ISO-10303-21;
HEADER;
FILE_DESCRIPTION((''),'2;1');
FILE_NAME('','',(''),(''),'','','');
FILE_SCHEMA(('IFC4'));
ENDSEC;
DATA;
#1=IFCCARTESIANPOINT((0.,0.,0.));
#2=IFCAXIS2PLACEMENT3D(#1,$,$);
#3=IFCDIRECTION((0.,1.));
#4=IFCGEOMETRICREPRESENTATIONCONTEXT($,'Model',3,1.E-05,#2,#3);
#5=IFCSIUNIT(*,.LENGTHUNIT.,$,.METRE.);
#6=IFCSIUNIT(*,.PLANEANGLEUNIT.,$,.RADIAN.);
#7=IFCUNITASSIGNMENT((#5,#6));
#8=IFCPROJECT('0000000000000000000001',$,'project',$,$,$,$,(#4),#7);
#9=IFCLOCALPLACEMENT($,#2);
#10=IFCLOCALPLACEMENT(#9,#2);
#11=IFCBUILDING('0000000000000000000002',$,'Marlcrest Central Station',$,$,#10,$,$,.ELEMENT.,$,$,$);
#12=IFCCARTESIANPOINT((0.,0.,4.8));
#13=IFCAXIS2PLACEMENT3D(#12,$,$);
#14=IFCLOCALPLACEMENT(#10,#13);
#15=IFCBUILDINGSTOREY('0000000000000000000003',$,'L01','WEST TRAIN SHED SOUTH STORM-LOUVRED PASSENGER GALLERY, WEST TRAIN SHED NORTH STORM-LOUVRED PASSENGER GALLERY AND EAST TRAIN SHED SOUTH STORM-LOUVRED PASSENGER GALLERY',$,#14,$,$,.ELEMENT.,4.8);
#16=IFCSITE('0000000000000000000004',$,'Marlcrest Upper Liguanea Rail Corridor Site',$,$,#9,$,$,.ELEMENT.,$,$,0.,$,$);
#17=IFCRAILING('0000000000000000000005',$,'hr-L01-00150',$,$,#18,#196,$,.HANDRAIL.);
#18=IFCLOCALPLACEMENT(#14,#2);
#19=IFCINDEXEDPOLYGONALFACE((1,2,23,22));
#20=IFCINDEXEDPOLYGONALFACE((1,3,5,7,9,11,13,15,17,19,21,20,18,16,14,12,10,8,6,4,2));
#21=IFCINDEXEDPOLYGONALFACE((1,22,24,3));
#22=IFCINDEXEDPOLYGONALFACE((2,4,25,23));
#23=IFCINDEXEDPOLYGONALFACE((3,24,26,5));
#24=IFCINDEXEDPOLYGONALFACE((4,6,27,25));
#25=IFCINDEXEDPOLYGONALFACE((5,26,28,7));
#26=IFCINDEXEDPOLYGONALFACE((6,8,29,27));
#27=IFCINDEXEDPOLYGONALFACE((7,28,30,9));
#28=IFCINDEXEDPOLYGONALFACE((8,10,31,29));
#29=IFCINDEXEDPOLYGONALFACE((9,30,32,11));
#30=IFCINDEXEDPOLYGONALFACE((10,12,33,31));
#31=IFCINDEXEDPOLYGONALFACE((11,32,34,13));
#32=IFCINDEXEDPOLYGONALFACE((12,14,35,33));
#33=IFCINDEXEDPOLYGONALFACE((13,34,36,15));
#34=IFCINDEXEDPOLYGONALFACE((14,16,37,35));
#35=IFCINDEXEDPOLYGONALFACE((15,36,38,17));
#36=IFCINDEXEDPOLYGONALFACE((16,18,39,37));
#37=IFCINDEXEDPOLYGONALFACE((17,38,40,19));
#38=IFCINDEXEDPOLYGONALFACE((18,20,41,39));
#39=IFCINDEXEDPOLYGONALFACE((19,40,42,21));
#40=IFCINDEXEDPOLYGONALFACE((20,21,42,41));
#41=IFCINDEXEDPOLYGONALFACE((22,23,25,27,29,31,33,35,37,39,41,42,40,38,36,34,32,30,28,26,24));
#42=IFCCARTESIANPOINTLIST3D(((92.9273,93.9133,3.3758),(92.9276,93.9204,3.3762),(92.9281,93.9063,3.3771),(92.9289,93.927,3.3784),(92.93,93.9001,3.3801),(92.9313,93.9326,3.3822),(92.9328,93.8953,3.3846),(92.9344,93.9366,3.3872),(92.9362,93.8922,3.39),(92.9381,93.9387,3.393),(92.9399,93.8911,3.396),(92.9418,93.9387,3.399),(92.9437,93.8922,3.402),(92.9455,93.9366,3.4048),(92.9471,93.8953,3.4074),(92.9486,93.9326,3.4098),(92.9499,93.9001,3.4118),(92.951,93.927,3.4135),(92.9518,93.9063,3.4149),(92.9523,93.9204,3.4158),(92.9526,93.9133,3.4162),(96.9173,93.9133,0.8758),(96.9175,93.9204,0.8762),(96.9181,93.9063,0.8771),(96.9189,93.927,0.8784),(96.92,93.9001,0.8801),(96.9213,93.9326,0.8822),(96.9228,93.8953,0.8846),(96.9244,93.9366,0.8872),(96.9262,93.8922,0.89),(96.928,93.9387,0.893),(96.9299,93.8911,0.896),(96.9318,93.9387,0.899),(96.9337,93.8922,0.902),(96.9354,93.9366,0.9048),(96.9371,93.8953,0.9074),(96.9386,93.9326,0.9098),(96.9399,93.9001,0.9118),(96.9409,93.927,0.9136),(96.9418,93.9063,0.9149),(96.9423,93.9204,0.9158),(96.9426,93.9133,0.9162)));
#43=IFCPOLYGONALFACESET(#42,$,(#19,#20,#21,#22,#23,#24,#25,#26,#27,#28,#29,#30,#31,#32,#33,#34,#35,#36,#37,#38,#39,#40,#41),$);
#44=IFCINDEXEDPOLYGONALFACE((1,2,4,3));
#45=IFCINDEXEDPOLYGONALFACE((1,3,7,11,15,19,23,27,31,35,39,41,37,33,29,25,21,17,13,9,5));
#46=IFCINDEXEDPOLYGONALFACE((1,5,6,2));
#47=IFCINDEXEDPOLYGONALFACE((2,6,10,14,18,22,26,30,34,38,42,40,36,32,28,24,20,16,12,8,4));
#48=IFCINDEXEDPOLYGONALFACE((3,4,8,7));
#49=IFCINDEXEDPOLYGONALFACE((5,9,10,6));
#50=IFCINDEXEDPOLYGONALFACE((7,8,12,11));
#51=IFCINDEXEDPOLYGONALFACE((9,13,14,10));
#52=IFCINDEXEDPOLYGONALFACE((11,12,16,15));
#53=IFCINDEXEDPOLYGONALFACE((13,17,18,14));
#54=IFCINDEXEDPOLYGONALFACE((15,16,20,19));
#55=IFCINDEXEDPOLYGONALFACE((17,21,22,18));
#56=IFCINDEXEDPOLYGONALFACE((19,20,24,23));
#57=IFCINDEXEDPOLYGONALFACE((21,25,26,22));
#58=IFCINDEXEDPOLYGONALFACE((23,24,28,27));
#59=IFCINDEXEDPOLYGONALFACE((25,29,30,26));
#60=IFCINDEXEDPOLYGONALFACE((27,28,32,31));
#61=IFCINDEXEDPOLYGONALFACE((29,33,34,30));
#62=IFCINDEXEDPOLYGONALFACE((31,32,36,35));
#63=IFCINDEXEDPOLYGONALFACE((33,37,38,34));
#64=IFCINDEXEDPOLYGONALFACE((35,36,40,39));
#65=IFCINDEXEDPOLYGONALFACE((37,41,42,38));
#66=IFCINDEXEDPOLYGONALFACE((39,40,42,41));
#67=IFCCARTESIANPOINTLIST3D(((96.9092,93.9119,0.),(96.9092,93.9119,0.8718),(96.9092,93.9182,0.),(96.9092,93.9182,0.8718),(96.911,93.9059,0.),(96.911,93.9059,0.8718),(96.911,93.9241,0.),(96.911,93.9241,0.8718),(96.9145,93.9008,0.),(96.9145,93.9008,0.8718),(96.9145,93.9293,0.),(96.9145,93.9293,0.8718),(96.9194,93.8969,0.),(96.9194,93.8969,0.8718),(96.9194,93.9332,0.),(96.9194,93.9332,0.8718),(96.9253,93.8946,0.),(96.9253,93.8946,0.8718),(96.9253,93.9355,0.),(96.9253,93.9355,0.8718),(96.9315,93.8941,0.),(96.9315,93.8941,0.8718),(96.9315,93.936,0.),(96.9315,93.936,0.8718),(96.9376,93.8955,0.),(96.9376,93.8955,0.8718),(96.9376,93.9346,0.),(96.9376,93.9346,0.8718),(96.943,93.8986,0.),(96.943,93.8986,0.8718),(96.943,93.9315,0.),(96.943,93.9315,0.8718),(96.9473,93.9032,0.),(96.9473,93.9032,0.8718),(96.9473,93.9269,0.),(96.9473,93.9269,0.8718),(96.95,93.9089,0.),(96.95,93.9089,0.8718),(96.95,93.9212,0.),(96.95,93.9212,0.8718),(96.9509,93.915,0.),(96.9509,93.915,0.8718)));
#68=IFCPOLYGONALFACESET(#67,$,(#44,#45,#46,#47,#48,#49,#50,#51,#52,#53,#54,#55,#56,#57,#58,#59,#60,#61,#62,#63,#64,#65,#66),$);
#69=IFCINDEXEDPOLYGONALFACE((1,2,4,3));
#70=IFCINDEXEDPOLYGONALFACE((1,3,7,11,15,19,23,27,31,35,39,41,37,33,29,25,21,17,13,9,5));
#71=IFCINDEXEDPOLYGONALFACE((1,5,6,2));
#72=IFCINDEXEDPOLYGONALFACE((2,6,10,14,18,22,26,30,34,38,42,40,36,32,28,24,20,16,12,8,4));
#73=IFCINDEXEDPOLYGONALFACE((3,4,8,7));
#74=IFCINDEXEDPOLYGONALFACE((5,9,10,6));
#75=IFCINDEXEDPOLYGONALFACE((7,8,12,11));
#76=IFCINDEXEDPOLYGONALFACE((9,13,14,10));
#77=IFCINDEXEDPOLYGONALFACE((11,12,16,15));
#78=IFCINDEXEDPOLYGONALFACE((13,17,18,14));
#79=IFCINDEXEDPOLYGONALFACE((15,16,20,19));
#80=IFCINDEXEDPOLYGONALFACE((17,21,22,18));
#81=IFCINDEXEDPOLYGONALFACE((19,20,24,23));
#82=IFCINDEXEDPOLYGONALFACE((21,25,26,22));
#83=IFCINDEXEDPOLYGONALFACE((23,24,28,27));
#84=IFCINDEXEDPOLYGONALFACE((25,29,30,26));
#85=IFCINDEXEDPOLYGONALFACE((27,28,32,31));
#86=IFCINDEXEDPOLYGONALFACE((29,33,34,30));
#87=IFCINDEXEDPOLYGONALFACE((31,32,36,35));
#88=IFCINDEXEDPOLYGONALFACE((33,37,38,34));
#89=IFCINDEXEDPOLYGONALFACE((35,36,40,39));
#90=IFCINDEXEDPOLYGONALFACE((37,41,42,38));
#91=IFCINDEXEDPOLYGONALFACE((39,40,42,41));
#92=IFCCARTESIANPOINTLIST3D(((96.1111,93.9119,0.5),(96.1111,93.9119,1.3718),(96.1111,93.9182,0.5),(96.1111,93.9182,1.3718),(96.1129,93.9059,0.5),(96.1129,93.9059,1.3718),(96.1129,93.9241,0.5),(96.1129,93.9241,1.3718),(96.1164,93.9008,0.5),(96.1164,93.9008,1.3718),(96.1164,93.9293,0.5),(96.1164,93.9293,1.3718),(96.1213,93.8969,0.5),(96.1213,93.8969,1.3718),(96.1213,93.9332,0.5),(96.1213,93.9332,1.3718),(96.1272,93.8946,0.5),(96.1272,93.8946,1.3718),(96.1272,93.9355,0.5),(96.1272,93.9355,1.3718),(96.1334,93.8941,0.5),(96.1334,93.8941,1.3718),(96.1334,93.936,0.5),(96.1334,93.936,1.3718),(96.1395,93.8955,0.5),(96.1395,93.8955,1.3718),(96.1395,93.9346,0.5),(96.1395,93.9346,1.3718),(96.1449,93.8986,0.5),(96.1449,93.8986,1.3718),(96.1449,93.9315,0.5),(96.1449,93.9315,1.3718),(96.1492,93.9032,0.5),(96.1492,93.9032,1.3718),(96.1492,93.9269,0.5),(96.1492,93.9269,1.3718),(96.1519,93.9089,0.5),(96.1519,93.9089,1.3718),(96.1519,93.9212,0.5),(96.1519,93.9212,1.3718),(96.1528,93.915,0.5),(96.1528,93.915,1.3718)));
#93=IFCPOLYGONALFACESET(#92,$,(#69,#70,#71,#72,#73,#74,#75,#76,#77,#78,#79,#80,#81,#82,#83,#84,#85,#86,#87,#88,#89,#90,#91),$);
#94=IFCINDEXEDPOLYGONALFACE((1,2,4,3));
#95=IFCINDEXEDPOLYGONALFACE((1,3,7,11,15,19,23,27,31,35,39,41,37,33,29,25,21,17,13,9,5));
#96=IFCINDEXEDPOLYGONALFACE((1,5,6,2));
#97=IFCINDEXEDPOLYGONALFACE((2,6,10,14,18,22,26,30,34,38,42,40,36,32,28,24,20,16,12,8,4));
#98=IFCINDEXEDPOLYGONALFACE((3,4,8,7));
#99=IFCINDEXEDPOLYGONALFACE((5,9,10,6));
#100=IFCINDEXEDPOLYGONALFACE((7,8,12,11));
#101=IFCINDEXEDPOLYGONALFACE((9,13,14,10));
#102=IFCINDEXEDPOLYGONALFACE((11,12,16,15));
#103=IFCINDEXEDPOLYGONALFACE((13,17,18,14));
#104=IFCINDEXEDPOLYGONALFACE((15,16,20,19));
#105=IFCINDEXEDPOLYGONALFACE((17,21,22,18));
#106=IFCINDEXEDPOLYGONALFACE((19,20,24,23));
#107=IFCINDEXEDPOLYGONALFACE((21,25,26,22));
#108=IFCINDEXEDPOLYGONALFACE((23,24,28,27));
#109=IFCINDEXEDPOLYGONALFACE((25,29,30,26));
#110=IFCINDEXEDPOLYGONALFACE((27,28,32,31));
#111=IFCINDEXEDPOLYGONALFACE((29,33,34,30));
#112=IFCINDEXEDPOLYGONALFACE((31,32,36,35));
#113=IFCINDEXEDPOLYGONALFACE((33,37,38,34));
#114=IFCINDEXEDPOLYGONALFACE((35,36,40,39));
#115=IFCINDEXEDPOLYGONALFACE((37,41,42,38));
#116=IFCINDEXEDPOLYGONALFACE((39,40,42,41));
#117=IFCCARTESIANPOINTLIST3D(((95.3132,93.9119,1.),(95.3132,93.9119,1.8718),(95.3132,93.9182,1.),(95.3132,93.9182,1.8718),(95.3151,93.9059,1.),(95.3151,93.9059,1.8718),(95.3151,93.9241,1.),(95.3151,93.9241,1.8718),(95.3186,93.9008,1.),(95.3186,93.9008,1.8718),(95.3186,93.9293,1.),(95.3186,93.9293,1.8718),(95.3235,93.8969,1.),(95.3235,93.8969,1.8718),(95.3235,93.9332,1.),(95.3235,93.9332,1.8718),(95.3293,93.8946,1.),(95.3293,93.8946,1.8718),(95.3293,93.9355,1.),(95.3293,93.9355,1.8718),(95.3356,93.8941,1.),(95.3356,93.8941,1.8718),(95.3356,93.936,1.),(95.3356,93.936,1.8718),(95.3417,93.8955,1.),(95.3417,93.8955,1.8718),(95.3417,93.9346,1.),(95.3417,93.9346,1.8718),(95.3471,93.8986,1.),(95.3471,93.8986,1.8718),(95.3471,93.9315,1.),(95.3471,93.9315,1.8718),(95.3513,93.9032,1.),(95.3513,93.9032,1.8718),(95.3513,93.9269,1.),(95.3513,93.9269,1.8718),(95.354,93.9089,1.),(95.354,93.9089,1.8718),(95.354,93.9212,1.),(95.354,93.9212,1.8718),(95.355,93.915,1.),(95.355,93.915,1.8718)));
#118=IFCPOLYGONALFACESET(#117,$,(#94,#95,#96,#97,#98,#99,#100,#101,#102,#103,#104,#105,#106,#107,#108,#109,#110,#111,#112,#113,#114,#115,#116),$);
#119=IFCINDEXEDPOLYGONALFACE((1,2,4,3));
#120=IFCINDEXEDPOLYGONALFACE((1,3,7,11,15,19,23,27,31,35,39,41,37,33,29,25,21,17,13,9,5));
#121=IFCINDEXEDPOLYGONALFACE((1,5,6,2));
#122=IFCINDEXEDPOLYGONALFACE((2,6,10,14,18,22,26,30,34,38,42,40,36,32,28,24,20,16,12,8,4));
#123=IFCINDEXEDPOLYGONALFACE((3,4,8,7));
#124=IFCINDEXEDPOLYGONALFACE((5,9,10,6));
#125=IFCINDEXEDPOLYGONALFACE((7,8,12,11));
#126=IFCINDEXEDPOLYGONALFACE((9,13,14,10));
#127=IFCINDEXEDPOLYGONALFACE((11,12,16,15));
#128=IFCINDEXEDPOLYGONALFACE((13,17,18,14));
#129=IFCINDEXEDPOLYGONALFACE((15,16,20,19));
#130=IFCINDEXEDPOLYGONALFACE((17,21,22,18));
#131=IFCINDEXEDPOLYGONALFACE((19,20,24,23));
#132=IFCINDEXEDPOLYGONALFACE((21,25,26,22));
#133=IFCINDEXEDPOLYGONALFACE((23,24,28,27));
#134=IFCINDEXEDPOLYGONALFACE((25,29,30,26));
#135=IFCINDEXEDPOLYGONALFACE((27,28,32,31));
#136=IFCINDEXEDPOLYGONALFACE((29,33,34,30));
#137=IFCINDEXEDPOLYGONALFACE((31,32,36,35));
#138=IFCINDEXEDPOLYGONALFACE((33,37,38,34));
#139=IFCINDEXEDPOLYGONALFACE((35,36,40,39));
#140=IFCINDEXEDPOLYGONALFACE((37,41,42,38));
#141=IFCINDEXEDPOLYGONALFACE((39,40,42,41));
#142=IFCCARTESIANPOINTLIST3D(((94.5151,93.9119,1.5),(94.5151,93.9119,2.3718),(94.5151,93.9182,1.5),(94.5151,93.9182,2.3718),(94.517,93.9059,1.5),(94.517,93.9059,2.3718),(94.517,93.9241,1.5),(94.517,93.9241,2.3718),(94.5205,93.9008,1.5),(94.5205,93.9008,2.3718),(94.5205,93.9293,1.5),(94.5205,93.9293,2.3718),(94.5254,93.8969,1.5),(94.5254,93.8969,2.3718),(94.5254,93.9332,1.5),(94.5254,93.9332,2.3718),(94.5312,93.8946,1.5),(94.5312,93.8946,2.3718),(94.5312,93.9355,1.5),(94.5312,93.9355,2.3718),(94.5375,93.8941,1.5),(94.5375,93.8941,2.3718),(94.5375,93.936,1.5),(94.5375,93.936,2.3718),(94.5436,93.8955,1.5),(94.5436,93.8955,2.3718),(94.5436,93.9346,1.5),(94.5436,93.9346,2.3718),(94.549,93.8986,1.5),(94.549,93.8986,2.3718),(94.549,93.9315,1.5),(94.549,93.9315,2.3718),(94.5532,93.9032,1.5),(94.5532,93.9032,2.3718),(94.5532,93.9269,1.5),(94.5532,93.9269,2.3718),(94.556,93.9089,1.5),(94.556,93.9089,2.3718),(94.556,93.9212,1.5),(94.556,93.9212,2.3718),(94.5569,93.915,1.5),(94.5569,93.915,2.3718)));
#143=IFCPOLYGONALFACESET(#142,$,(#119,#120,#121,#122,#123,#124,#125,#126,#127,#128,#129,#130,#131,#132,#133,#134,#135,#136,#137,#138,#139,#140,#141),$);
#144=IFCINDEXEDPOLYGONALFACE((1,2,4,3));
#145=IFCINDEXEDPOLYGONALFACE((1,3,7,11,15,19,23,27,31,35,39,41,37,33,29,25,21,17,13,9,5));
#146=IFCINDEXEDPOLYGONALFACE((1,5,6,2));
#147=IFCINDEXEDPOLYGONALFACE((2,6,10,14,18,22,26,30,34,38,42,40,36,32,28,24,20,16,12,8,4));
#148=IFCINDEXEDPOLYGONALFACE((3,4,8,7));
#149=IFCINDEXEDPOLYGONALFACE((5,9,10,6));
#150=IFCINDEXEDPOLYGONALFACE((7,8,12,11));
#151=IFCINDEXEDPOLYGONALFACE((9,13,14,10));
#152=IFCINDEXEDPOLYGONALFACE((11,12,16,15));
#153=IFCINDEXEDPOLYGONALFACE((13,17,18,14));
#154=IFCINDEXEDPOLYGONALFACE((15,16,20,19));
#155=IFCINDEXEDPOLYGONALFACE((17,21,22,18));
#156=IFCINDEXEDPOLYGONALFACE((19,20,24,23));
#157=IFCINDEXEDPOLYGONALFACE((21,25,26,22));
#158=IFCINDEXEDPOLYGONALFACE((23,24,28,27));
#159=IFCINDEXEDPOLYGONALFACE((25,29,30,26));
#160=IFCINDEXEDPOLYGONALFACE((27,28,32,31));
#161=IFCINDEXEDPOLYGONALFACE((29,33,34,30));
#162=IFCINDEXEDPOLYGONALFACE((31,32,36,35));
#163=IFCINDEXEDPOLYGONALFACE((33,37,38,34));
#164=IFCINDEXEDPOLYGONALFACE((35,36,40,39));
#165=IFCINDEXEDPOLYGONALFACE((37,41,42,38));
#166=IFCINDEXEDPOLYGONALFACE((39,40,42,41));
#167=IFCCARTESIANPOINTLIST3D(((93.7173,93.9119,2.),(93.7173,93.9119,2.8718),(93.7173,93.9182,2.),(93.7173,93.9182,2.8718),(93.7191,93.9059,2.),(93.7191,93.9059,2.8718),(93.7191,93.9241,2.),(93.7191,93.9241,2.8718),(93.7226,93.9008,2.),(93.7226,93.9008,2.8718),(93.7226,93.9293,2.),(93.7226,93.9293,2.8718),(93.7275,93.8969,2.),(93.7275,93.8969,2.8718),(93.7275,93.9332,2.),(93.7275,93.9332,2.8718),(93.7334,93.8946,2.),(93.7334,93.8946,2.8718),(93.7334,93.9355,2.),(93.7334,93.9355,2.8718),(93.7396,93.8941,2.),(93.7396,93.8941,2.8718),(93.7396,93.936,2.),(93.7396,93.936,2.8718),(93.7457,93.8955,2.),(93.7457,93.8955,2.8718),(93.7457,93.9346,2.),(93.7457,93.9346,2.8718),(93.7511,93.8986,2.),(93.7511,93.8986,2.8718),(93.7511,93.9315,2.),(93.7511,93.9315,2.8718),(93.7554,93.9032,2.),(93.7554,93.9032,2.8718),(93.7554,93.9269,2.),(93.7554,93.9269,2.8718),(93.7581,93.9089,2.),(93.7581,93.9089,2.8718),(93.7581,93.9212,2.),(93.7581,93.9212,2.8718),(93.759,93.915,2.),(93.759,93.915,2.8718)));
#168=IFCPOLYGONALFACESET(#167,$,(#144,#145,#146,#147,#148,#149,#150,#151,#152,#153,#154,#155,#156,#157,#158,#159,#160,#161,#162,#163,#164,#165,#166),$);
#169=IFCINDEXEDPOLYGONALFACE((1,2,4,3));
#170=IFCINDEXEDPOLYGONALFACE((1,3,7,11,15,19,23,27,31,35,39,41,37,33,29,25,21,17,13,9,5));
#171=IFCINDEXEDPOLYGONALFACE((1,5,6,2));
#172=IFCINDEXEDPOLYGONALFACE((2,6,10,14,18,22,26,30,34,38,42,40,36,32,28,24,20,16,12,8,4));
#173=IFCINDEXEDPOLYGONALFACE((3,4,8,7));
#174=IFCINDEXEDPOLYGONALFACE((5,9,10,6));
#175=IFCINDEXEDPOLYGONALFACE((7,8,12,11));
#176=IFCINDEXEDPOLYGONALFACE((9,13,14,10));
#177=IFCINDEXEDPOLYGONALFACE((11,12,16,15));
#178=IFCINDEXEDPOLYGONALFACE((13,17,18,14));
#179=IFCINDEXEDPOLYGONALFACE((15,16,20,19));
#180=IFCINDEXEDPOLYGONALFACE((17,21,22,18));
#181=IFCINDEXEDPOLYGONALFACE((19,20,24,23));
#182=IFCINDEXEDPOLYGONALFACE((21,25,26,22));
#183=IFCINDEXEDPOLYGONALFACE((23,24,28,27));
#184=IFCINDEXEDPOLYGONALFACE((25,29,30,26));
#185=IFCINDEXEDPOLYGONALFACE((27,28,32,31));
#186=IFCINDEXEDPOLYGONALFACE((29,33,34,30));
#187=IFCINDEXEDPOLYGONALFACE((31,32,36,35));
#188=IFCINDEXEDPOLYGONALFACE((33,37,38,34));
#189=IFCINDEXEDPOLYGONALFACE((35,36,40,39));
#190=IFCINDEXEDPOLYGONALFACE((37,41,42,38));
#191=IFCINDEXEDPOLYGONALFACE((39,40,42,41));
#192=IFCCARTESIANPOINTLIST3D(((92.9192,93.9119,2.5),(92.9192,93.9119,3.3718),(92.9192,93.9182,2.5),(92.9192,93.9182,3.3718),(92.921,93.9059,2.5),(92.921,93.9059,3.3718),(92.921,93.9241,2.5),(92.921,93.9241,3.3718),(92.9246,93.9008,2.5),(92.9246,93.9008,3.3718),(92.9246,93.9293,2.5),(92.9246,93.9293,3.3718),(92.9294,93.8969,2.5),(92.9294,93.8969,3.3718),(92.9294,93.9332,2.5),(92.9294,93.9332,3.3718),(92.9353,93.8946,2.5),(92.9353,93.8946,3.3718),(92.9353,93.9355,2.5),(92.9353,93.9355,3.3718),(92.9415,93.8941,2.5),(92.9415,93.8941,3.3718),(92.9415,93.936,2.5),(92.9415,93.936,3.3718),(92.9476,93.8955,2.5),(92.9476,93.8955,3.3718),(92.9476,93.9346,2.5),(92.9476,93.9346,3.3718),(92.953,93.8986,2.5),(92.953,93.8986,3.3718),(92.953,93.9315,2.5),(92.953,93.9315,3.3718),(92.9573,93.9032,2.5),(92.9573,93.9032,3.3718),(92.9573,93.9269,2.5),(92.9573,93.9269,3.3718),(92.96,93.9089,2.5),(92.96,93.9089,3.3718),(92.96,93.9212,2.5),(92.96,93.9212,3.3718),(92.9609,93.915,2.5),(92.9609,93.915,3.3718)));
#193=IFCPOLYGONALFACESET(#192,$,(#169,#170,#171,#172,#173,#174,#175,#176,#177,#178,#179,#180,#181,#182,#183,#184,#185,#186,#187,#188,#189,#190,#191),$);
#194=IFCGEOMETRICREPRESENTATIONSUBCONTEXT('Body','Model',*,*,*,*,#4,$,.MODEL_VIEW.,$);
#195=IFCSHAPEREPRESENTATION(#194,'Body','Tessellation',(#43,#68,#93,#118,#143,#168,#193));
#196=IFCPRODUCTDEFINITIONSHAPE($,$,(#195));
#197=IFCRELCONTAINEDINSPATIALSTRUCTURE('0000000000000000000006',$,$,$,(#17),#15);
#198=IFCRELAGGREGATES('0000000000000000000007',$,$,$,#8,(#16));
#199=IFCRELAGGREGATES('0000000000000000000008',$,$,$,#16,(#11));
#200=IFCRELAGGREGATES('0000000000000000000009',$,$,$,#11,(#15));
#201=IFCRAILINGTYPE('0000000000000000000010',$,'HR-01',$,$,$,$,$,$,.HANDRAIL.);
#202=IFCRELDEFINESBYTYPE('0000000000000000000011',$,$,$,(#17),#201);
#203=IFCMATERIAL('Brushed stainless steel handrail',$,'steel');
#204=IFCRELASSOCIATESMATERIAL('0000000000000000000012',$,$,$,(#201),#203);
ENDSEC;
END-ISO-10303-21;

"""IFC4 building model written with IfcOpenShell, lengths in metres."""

from ifc_helpers import new_model, si_unit, direction, frame, origin, origin_2d, place, context, subcontext, project, spatial, circle, extrude, material, type_object, element, save


model = new_model("IFC4")

# Units and contexts
model_context = context("Model", 3, precision=1e-05, world=origin(), true_north=direction((0.0, 1.0)))
body_context = subcontext(model_context, "Body", "Model", "MODEL_VIEW")
ifc_project = project(units=[si_unit("LENGTHUNIT", "METRE"), si_unit("PLANEANGLEUNIT", "RADIAN")], contexts=[model_context])

# Site, building, storey
site_placement = place(None, origin())
site = spatial("IfcSite", under=ifc_project, at=site_placement, Name="Marlcrest Upper Liguanea Rail Corridor Site", CompositionType="ELEMENT", RefElevation=0.0)
building_placement = place(site_placement, origin())
building = spatial("IfcBuilding", under=site, at=building_placement, Name="Marlcrest Central Station", CompositionType="ELEMENT")
storey_placement = place(building_placement, frame((0.0, 0.0, 4.8)))
storey = spatial("IfcBuildingStorey", under=building, at=storey_placement, Name="L01", Description="WEST TRAIN SHED SOUTH STORM-LOUVRED PASSENGER GALLERY, WEST TRAIN SHED NORTH STORM-LOUVRED PASSENGER GALLERY AND EAST TRAIN SHED SOUTH STORM-LOUVRED PASSENGER GALLERY", CompositionType="ELEMENT", Elevation=4.8)

# Railing
ifc_material_1 = material(Name="Brushed stainless steel handrail", Category="steel")
railing_type_1 = type_object("IfcRailingType", Name="HR-01", PredefinedType="HANDRAIL", material=ifc_material_1)
railing_1_placement = place(storey_placement, frame((96.9299, 93.915, 0.0)))
element("IfcRailing", 1, at=railing_1_placement, inside=storey, type_object=railing_type_1, Name="hr-L01-00150", PredefinedType="HANDRAIL", context=body_context, shape_type="SweptSolid", body=[
    extrude(circle(Radius=0.0239, at=origin_2d()), frame((0.0, 0.0, 0.896), z_axis=(-0.847401, 0.0, 0.530954), x_axis=(0.0, -1.0, 0.0)), (0.0, 0.0, 1.0), 4.7085),
    extrude(circle(Radius=0.021, at=origin_2d()), origin(), (0.0, 0.0, 1.0), 0.8718),
    extrude(circle(Radius=0.021, at=origin_2d()), frame((-0.7981, 0.0, 0.5)), (0.0, 0.0, 1.0), 0.8718),
    extrude(circle(Radius=0.021, at=origin_2d()), frame((-1.5959, 0.0, 1.0)), (0.0, 0.0, 1.0), 0.8718),
    extrude(circle(Radius=0.021, at=origin_2d()), frame((-2.394, 0.0, 1.5)), (0.0, 0.0, 1.0), 0.8718),
    extrude(circle(Radius=0.021, at=origin_2d()), frame((-3.1919, 0.0, 2.0)), (0.0, 0.0, 1.0), 0.8718),
    extrude(circle(Radius=0.021, at=origin_2d()), frame((-3.99, 0.0, 2.5)), (0.0, 0.0, 1.0), 0.8718),
])

save(model, "model.ifc")
